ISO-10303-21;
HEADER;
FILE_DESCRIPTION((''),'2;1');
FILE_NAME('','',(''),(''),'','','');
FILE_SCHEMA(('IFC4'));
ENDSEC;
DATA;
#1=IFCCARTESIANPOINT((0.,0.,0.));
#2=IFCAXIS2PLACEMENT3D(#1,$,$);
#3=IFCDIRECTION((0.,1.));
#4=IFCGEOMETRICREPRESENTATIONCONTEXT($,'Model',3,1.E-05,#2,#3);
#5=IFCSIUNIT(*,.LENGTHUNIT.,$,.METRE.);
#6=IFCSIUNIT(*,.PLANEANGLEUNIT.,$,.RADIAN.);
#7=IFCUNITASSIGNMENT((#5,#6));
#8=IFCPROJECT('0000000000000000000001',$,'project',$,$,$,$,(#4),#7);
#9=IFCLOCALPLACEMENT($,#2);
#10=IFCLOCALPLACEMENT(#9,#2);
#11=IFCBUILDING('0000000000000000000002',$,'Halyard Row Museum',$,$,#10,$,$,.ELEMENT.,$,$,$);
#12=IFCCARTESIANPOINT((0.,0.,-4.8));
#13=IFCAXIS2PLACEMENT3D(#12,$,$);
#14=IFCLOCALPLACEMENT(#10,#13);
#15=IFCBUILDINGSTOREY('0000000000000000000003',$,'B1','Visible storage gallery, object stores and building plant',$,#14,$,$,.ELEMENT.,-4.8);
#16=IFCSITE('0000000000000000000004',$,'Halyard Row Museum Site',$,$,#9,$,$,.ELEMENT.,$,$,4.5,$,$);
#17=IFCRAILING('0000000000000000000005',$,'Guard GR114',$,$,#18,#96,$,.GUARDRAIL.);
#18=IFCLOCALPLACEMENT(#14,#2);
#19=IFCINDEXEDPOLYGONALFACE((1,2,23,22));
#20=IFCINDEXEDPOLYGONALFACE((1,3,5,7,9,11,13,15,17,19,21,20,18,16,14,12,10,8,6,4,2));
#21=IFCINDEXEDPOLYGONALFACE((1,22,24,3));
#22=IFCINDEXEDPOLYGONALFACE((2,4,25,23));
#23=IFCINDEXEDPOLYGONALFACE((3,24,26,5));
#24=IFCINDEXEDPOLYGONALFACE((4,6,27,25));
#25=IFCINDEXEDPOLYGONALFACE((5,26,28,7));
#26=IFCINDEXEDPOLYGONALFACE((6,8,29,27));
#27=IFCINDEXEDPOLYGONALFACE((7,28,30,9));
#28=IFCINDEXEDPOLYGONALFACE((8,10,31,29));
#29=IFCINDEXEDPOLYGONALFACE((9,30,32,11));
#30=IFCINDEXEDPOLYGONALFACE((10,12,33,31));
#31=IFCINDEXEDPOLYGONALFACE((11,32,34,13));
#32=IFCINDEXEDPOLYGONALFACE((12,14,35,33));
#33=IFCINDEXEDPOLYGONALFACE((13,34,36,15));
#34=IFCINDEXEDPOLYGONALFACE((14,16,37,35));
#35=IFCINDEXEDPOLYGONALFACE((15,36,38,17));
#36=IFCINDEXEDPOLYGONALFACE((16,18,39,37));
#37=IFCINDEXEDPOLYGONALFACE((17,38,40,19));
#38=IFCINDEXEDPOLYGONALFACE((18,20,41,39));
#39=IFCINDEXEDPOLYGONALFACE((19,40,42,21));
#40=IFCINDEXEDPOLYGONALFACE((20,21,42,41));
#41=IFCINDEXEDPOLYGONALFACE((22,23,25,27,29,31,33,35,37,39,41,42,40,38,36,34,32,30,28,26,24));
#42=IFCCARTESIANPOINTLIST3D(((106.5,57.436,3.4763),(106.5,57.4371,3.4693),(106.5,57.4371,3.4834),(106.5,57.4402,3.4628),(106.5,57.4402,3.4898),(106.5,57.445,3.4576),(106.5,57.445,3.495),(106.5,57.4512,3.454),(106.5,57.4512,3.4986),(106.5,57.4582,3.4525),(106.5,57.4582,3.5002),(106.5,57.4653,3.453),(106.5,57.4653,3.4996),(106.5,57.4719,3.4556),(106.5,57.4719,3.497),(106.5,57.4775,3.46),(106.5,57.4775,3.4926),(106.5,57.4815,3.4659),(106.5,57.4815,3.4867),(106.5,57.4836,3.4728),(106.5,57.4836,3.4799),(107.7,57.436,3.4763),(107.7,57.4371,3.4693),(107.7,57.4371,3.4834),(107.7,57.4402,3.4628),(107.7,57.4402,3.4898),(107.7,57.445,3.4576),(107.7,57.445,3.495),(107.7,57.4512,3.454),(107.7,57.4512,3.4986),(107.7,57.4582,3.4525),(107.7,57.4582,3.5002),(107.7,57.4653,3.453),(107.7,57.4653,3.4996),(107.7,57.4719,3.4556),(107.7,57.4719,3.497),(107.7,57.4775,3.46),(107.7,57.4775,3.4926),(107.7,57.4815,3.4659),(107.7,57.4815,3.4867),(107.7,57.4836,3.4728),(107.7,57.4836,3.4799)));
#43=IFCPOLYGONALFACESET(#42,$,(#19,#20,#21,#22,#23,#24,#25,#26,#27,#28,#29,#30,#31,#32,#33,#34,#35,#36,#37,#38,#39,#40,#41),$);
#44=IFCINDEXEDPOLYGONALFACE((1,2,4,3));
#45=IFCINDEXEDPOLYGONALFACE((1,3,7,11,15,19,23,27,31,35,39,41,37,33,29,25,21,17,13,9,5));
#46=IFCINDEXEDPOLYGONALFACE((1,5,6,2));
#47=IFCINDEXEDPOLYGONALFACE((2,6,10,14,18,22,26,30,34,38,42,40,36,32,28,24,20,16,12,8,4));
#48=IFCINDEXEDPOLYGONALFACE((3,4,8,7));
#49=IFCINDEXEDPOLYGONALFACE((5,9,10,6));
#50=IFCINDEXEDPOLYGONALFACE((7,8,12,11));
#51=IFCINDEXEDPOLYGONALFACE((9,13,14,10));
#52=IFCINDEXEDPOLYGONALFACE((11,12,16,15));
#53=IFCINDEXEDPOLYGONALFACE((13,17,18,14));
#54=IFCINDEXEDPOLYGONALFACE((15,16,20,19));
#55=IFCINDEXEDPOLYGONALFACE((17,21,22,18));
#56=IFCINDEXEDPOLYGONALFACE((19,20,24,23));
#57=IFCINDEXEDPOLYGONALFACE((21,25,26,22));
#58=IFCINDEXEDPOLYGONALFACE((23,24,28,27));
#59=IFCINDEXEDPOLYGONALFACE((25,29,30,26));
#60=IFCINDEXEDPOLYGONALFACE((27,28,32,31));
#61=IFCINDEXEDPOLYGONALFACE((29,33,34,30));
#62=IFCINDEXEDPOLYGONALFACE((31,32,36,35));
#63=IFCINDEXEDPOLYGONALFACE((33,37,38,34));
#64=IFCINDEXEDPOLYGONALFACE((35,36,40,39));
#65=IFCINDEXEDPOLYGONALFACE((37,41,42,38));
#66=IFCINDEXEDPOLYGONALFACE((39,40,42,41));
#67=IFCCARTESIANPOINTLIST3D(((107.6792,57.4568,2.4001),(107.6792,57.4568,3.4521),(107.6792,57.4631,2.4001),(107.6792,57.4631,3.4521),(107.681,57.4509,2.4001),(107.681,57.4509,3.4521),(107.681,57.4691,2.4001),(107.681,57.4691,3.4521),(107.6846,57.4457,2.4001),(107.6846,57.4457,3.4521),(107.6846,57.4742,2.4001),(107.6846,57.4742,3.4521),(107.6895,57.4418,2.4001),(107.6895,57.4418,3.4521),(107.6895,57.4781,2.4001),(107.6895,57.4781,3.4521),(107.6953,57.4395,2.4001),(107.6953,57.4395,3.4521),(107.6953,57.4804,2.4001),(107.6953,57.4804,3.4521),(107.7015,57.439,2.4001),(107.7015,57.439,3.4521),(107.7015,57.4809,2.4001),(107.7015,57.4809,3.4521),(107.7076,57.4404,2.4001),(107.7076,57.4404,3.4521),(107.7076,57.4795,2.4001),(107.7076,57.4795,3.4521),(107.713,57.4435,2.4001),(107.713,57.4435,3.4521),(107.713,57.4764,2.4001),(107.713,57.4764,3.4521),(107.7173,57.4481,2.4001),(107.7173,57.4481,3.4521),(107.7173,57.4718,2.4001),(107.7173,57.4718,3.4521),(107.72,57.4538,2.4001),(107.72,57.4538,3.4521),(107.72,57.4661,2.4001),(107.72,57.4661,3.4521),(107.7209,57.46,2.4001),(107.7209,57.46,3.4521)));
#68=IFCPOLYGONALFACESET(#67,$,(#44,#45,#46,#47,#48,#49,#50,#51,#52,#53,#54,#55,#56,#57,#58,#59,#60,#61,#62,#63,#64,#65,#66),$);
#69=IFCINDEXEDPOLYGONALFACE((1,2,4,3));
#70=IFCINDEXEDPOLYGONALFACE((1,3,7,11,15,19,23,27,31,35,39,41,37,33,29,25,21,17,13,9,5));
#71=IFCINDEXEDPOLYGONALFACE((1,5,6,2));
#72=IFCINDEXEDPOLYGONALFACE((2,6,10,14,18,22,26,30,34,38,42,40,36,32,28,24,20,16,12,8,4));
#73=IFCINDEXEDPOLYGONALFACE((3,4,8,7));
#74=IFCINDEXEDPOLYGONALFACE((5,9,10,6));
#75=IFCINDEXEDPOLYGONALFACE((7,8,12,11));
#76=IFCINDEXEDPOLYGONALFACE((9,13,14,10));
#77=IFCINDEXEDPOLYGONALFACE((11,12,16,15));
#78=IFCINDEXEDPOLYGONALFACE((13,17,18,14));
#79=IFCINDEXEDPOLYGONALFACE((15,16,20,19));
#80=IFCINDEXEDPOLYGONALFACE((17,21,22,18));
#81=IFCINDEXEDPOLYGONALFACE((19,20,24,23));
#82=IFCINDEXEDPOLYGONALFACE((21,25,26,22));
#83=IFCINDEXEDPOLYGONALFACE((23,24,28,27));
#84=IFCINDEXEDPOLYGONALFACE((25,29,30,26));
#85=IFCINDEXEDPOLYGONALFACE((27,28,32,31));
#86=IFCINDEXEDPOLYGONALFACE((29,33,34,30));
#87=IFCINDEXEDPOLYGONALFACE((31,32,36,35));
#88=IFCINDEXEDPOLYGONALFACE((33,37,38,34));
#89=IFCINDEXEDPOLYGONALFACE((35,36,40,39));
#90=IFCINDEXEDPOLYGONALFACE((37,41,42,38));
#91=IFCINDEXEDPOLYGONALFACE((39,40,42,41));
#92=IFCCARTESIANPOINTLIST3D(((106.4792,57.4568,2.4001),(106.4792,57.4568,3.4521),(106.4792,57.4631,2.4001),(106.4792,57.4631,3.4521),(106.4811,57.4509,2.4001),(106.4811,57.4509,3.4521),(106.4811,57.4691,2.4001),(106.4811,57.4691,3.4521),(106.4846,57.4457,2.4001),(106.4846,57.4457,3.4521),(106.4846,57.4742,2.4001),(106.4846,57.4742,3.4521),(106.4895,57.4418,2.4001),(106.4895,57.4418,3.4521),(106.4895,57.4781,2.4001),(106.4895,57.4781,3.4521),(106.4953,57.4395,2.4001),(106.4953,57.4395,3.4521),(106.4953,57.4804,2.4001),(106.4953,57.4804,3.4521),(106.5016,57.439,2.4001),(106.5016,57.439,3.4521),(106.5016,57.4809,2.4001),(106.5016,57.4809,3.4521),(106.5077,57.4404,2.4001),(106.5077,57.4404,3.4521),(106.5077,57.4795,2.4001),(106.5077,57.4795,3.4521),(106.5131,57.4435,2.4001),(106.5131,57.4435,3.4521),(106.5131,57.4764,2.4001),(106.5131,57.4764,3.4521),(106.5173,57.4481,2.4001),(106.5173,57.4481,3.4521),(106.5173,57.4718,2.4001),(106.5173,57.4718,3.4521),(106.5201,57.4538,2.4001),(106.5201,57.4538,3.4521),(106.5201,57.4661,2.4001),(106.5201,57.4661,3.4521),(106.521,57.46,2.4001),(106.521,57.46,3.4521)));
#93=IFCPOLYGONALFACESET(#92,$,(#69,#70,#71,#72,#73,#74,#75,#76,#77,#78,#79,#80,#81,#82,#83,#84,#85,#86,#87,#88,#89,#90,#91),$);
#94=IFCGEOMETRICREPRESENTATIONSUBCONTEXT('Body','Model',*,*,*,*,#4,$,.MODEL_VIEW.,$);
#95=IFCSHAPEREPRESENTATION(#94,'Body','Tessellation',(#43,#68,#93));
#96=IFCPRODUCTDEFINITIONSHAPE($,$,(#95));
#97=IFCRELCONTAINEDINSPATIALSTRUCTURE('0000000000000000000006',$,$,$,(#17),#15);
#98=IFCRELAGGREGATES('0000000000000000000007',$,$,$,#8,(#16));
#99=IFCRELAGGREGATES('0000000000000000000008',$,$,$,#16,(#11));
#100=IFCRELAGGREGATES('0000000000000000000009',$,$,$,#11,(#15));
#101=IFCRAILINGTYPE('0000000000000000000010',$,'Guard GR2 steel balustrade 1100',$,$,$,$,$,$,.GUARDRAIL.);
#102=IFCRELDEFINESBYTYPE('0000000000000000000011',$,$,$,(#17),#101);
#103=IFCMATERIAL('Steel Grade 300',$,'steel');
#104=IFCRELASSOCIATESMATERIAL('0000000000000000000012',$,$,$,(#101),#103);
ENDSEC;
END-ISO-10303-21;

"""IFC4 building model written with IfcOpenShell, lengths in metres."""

from ifc_helpers import new_model, si_unit, direction, frame, origin, origin_2d, place, context, subcontext, project, spatial, circle, extrude, material, type_object, element, save


model = new_model("IFC4")

# Units and contexts
model_context = context("Model", 3, precision=1e-05, world=origin(), true_north=direction((0.0, 1.0)))
body_context = subcontext(model_context, "Body", "Model", "MODEL_VIEW")
ifc_project = project(units=[si_unit("LENGTHUNIT", "METRE"), si_unit("PLANEANGLEUNIT", "RADIAN")], contexts=[model_context])

# Site, building, storey
site_placement = place(None, origin())
site = spatial("IfcSite", under=ifc_project, at=site_placement, Name="Halyard Row Museum Site", CompositionType="ELEMENT", RefElevation=4.5)
building_placement = place(site_placement, origin())
building = spatial("IfcBuilding", under=site, at=building_placement, Name="Halyard Row Museum", CompositionType="ELEMENT")
storey_placement = place(building_placement, frame((0.0, 0.0, -4.8)))
storey = spatial("IfcBuildingStorey", under=building, at=storey_placement, Name="B1", Description="Visible storage gallery, object stores and building plant", CompositionType="ELEMENT", Elevation=-4.8)

# Railing
ifc_material_1 = material(Name="Steel Grade 300", Category="steel")
railing_type_1 = type_object("IfcRailingType", Name="Guard GR2 steel balustrade 1100", PredefinedType="GUARDRAIL", material=ifc_material_1)
railing_1_placement = place(storey_placement, frame((107.7, 57.46, 2.4001)))
element("IfcRailing", 1, at=railing_1_placement, inside=storey, type_object=railing_type_1, Name="Guard GR114", PredefinedType="GUARDRAIL", context=body_context, shape_type="SweptSolid", body=[
    extrude(circle(Radius=0.0239, at=origin_2d()), frame((0.0, 0.0, 1.0762), z_axis=(-1.0, 0.0, 0.0), x_axis=(0.0, -1.0, 0.0)), (0.0, 0.0, 1.0), 1.2),
    extrude(circle(Radius=0.021, at=origin_2d()), origin(), (0.0, 0.0, 1.0), 1.052),
    extrude(circle(Radius=0.021, at=origin_2d()), frame((-1.2, 0.0, 0.0)), (0.0, 0.0, 1.0), 1.052),
])

save(model, "model.ifc")
